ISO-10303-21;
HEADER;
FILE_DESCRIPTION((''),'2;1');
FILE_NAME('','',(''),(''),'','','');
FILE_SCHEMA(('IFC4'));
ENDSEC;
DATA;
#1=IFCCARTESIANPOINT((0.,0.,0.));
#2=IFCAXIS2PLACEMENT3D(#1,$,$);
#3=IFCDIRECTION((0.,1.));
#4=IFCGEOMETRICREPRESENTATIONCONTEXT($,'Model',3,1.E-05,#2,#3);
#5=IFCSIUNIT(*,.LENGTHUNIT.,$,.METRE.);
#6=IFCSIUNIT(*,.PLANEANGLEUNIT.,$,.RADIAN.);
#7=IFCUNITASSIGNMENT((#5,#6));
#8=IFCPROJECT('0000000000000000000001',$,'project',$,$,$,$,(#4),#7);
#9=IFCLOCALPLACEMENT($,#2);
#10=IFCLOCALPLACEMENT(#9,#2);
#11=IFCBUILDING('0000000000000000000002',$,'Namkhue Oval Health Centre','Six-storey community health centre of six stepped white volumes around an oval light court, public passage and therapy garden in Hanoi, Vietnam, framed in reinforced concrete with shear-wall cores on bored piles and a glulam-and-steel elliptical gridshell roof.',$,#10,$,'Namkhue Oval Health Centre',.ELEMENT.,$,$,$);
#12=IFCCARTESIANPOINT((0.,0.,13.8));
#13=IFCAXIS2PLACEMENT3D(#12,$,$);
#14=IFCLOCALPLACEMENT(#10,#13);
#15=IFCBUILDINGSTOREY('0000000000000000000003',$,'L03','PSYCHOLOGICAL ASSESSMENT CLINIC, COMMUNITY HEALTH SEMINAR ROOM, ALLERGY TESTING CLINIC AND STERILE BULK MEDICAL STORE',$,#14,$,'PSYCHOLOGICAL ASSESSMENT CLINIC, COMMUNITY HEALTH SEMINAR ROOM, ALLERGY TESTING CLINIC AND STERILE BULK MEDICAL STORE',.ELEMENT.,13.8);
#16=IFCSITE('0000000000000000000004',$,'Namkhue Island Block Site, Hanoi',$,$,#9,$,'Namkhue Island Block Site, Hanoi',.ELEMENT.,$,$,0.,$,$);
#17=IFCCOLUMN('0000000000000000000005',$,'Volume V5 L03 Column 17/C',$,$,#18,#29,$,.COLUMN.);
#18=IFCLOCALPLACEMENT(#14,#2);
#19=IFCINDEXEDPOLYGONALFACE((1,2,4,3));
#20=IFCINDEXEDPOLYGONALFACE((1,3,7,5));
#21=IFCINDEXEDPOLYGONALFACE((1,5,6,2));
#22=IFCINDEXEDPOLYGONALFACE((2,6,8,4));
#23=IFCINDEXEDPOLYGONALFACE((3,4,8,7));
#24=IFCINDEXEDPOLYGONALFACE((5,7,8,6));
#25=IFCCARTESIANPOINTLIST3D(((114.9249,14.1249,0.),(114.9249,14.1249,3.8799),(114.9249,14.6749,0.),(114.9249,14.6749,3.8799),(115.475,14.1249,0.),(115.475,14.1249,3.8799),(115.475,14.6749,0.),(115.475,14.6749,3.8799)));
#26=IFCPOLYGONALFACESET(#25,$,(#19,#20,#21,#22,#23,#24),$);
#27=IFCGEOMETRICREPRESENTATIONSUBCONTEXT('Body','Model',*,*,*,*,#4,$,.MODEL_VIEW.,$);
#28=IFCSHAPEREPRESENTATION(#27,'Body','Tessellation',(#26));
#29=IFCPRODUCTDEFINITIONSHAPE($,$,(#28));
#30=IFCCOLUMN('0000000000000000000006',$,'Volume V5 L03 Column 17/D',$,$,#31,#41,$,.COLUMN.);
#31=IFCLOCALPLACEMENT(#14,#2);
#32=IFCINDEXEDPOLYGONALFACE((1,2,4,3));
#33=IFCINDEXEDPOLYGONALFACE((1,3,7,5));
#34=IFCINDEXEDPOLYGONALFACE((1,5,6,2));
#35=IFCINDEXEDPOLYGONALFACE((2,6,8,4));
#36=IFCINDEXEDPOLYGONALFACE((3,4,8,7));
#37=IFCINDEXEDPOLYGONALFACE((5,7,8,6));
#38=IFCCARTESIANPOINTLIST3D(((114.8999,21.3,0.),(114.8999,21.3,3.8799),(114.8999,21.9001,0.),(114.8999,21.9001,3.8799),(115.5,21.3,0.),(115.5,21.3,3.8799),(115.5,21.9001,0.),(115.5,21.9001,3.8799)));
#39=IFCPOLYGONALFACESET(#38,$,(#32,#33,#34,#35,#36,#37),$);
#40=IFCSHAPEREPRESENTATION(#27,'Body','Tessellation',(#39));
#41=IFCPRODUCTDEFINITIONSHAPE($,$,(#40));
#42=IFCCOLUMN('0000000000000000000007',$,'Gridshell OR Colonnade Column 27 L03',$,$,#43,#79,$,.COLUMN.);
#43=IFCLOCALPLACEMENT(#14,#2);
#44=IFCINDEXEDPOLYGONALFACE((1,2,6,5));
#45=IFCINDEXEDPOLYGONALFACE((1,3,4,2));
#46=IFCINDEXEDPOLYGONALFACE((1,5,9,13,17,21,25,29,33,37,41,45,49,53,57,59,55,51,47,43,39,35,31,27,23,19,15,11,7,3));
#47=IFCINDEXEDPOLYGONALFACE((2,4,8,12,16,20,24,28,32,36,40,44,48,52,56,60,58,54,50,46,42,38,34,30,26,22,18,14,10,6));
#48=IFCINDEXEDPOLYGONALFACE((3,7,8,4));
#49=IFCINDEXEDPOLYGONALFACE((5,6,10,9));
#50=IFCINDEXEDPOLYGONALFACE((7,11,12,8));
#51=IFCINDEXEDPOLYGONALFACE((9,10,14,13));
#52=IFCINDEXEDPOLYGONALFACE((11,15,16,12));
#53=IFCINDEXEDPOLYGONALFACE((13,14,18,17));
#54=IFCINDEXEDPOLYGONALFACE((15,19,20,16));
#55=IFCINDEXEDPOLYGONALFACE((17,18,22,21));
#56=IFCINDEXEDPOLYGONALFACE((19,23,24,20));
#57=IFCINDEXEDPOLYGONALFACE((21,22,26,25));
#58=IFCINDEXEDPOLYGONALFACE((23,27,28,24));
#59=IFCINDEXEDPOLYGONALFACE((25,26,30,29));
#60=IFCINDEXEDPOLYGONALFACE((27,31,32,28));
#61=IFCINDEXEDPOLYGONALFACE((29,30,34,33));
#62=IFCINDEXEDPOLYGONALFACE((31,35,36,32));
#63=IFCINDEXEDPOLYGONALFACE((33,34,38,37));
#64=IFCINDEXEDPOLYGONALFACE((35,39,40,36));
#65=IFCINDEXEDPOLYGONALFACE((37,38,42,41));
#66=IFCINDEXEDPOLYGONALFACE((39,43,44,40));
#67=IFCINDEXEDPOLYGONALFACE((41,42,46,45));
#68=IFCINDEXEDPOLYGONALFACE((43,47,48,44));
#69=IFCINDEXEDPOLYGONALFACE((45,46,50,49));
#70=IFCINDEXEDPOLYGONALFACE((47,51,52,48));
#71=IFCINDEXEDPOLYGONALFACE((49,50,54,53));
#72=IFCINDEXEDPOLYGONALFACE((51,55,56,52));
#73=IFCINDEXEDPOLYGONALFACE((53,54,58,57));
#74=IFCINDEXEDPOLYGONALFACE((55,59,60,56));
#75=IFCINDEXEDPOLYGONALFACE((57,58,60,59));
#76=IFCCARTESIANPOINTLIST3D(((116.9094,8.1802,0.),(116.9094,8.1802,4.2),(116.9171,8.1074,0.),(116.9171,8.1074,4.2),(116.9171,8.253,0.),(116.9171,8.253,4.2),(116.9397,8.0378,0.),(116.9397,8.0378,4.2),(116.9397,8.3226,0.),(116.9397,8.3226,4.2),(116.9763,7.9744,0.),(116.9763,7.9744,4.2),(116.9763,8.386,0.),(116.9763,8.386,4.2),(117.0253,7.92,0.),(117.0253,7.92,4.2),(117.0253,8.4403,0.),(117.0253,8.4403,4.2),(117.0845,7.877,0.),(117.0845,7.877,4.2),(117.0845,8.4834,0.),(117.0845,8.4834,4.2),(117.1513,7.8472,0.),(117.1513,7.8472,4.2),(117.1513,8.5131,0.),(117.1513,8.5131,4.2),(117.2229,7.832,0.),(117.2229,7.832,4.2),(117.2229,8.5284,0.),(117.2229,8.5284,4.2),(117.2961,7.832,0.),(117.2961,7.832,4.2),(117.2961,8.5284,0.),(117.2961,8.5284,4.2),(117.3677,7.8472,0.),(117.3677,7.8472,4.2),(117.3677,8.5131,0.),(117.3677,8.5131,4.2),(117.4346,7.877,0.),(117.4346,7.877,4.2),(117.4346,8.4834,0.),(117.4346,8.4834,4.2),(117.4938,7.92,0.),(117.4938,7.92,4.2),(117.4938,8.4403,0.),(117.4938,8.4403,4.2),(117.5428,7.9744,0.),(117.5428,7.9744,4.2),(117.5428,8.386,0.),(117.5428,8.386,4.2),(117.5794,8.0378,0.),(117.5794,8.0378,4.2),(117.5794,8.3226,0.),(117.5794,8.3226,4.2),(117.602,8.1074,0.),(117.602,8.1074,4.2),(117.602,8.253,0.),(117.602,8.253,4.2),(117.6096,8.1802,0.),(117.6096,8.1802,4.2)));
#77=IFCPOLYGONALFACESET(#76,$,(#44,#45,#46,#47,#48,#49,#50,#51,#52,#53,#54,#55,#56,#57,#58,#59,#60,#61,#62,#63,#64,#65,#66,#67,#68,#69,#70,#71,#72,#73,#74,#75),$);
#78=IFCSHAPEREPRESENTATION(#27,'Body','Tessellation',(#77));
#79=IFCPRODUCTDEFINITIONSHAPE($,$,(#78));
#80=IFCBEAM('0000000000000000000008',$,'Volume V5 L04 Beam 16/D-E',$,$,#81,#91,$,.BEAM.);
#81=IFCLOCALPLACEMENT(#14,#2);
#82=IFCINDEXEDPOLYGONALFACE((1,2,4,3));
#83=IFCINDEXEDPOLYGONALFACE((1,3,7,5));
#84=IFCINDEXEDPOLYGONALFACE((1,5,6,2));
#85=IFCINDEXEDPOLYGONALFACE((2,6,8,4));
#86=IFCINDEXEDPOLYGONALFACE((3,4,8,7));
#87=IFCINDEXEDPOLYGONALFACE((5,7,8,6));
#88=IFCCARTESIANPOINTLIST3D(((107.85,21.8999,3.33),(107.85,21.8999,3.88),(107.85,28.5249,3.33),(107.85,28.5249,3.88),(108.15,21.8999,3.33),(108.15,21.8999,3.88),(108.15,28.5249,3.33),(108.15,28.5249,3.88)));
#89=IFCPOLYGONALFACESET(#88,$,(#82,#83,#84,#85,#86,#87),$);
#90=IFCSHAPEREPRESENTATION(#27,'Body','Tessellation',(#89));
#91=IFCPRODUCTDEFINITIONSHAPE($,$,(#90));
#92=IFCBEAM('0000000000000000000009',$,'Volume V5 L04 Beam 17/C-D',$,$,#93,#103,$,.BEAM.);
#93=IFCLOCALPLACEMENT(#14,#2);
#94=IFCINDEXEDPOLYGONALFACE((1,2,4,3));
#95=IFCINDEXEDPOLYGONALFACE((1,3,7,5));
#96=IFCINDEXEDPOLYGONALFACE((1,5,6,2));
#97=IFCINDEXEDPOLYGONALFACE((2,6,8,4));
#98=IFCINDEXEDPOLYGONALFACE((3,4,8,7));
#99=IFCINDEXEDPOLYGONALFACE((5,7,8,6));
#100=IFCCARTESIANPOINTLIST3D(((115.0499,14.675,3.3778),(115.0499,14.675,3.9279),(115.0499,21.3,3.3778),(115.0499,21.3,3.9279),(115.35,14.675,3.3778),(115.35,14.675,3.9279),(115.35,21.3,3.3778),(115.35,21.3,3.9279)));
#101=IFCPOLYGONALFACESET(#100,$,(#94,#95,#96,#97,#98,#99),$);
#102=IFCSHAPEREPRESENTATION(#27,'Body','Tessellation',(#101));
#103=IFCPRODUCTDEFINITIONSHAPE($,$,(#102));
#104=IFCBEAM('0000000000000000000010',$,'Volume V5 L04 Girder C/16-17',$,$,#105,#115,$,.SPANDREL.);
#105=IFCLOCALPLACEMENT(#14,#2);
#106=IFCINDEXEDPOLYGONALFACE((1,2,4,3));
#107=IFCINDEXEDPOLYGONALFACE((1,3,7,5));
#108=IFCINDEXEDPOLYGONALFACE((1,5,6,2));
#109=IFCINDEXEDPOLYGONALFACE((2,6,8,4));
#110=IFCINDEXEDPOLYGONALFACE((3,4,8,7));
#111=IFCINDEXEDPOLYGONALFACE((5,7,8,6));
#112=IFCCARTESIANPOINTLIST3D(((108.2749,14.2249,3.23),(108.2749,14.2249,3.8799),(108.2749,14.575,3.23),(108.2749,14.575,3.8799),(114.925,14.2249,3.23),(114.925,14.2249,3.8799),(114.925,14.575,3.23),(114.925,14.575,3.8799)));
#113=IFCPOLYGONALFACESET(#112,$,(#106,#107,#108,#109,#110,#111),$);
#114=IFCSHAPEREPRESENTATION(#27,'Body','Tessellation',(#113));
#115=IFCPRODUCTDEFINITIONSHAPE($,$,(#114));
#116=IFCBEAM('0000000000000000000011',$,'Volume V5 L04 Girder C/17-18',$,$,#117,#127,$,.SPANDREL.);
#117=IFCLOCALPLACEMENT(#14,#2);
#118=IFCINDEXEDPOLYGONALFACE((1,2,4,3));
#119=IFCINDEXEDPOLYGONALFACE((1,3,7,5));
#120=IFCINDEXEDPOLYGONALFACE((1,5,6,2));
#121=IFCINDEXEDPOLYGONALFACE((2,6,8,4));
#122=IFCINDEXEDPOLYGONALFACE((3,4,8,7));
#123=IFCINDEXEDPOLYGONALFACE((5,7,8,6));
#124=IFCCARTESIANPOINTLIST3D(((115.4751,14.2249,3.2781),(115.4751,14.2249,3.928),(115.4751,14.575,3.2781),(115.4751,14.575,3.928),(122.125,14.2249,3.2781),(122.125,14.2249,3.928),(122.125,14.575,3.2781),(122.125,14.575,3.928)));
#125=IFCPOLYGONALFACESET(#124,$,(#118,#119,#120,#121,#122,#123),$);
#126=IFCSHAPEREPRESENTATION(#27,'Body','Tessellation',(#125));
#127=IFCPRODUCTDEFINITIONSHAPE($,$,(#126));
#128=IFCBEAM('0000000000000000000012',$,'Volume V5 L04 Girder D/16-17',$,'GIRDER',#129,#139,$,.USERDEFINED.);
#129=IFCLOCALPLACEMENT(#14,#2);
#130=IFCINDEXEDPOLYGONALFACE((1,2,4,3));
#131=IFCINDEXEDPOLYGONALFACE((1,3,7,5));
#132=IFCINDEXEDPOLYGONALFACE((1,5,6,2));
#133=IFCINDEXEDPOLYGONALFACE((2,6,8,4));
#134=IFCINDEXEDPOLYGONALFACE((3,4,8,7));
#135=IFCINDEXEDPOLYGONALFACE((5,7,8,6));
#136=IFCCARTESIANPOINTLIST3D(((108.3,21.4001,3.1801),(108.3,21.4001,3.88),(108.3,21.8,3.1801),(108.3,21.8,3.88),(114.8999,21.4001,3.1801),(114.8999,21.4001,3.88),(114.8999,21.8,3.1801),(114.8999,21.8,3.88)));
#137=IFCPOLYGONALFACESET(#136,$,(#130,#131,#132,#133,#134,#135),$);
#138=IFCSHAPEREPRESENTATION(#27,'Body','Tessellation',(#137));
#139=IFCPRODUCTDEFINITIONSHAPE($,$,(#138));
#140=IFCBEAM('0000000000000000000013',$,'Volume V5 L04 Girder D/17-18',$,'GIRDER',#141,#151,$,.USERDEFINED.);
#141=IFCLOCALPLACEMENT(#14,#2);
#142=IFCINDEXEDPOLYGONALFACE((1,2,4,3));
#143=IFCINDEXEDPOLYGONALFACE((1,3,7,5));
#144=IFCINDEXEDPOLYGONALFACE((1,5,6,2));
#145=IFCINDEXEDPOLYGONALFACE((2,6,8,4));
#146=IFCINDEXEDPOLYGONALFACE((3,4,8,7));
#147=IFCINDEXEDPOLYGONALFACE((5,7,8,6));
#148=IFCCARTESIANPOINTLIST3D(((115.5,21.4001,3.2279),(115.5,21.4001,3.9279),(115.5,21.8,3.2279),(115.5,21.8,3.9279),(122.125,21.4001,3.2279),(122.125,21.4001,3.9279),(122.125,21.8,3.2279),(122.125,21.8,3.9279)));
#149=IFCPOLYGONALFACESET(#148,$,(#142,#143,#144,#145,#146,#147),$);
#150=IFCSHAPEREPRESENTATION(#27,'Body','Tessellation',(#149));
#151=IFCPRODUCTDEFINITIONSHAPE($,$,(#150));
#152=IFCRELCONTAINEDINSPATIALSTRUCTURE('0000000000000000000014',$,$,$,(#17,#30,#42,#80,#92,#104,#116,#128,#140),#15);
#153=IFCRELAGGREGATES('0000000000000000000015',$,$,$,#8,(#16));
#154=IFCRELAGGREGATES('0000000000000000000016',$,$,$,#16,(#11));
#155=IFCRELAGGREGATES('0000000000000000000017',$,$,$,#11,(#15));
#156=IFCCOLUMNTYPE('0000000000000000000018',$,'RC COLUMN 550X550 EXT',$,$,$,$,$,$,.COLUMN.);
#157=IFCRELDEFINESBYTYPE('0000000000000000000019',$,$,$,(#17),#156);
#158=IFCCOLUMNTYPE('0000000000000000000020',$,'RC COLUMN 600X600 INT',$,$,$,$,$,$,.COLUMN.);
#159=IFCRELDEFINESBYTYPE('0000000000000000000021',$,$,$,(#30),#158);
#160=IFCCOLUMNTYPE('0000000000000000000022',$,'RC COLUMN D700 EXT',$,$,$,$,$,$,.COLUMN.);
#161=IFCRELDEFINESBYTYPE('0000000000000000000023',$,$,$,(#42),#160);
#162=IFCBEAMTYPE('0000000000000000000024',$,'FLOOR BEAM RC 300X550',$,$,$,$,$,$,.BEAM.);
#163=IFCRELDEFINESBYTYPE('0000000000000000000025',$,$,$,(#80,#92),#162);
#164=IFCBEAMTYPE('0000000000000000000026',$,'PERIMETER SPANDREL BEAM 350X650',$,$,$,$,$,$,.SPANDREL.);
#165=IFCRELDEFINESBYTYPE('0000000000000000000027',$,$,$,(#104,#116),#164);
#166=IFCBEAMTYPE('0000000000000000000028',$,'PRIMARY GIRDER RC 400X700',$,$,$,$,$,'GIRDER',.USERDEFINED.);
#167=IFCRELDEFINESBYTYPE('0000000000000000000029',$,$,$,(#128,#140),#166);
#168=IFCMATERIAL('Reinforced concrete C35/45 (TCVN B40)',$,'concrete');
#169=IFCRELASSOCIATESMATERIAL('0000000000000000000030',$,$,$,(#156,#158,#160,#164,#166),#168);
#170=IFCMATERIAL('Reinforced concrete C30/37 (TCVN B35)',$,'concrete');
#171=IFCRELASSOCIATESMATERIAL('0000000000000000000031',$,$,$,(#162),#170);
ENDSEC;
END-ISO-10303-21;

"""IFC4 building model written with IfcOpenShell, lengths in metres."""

from ifc_helpers import new_model, si_unit, direction, frame, origin, origin_2d, place, context, subcontext, project, spatial, rectangle, circle, extrude, material, material_profile, profile_set, type_object, element, save


model = new_model("IFC4")

# Units and contexts
model_context = context("Model", 3, precision=1e-05, world=origin(), true_north=direction((0.0, 1.0)))
body_context = subcontext(model_context, "Body", "Model", "MODEL_VIEW")
ifc_project = project(units=[si_unit("LENGTHUNIT", "METRE"), si_unit("PLANEANGLEUNIT", "RADIAN")], contexts=[model_context])

# Site, building, storey
site_placement = place(None, origin())
site = spatial("IfcSite", under=ifc_project, at=site_placement, Name="Namkhue Island Block Site, Hanoi", LongName="Namkhue Island Block Site, Hanoi", CompositionType="ELEMENT", RefElevation=0.0)
building_placement = place(site_placement, origin())
building = spatial("IfcBuilding", under=site, at=building_placement, Name="Namkhue Oval Health Centre", Description="Six-storey community health centre of six stepped white volumes around an oval light court, public passage and therapy garden in Hanoi, Vietnam, framed in reinforced concrete with shear-wall cores on bored piles and a glulam-and-steel elliptical gridshell roof.", LongName="Namkhue Oval Health Centre", CompositionType="ELEMENT")
storey_placement = place(building_placement, frame((0.0, 0.0, 13.8)))
storey = spatial("IfcBuildingStorey", under=building, at=storey_placement, Name="L03", Description="PSYCHOLOGICAL ASSESSMENT CLINIC, COMMUNITY HEALTH SEMINAR ROOM, ALLERGY TESTING CLINIC AND STERILE BULK MEDICAL STORE", LongName="PSYCHOLOGICAL ASSESSMENT CLINIC, COMMUNITY HEALTH SEMINAR ROOM, ALLERGY TESTING CLINIC AND STERILE BULK MEDICAL STORE", CompositionType="ELEMENT", Elevation=13.8)

# Columns
ifc_material_1 = material(Name="Reinforced concrete C35/45 (TCVN B40)", Category="concrete")
ifc_material_profile_1 = material_profile(ifc_material_1, rectangle(XDim=0.55, YDim=0.55, at=origin_2d()), Name="RC 550x550")
ifc_profile_set_1 = profile_set([ifc_material_profile_1], Name="Reinforced concrete C35/45 (TCVN B40)")
column_type_1 = type_object("IfcColumnType", Name="RC COLUMN 550X550 EXT", PredefinedType="COLUMN", material=ifc_profile_set_1)
column_1_placement = place(storey_placement, frame((115.2, 14.3999, 0.0), z_axis=(0.0, 0.0, 1.0), x_axis=(1.0, 0.0, 0.0)))
element("IfcColumn", 1, at=column_1_placement, inside=storey, type_object=column_type_1, Name="Volume V5 L03 Column 17/C", PredefinedType="COLUMN", context=body_context, shape_type="SweptSolid", body=[
    extrude(rectangle(XDim=0.55, YDim=0.55, at=origin_2d()), origin(), (0.0, 0.0, 1.0), 3.8799),
])
ifc_material_profile_2 = material_profile(ifc_material_1, rectangle(XDim=0.6001, YDim=0.6001, at=origin_2d()), Name="RC 600x600")
ifc_profile_set_2 = profile_set([ifc_material_profile_2], Name="Reinforced concrete C35/45 (TCVN B40)")
column_type_2 = type_object("IfcColumnType", Name="RC COLUMN 600X600 INT", PredefinedType="COLUMN", material=ifc_profile_set_2)
column_2_placement = place(storey_placement, frame((115.2, 21.6001, 0.0), z_axis=(0.0, 0.0, 1.0), x_axis=(1.0, 0.0, 0.0)))
element("IfcColumn", 2, at=column_2_placement, inside=storey, type_object=column_type_2, Name="Volume V5 L03 Column 17/D", PredefinedType="COLUMN", context=body_context, shape_type="SweptSolid", body=[
    extrude(rectangle(XDim=0.6001, YDim=0.6001, at=origin_2d()), origin(), (0.0, 0.0, 1.0), 3.8799),
])
ifc_material_profile_3 = material_profile(ifc_material_1, circle(Radius=0.3501, at=origin_2d()), Name="RC D700")
ifc_profile_set_3 = profile_set([ifc_material_profile_3], Name="Reinforced concrete C35/45 (TCVN B40)")
column_type_3 = type_object("IfcColumnType", Name="RC COLUMN D700 EXT", PredefinedType="COLUMN", material=ifc_profile_set_3)
column_3_placement = place(storey_placement, frame((117.2595, 8.1802, 0.0), z_axis=(0.0, 0.0, 1.0), x_axis=(1.0, 0.0, 0.0)))
element("IfcColumn", 3, at=column_3_placement, inside=storey, type_object=column_type_3, Name="Gridshell OR Colonnade Column 27 L03", PredefinedType="COLUMN", context=body_context, shape_type="SweptSolid", body=[
    extrude(circle(Radius=0.3501, at=origin_2d()), origin(), (0.0, 0.0, 1.0), 4.2),
])

# Beams
ifc_material_2 = material(Name="Reinforced concrete C30/37 (TCVN B35)", Category="concrete")
ifc_material_profile_4 = material_profile(ifc_material_2, rectangle(XDim=0.3, YDim=0.55, at=origin_2d()), Name="RC 300x550")
ifc_profile_set_4 = profile_set([ifc_material_profile_4], Name="Reinforced concrete C30/37 (TCVN B35)")
beam_type_1 = type_object("IfcBeamType", Name="FLOOR BEAM RC 300X550", PredefinedType="BEAM", material=ifc_profile_set_4)
for number, where, z_axis, x_axis, name in (
    (4, (108.0, 21.8999, 3.605), (0.0, 1.0, 0.0), (-1.0, 0.0, 0.0), "Volume V5 L04 Beam 16/D-E"),
    (5, (115.2, 14.675, 3.6528), (0.0, 1.0, 0.0), (-1.0, 0.0, 0.0), "Volume V5 L04 Beam 17/C-D"),
):
    element("IfcBeam", number, at=place(storey_placement, frame(where, z_axis=z_axis, x_axis=x_axis)), inside=storey, type_object=beam_type_1, Name=name, PredefinedType="BEAM", context=body_context, shape_type="SweptSolid", body=[
        extrude(rectangle(XDim=0.3, YDim=0.55, at=origin_2d()), origin(), (0.0, 0.0, 1.0), 6.625),
    ])
ifc_material_profile_5 = material_profile(ifc_material_1, rectangle(XDim=0.3501, YDim=0.6499, at=origin_2d()), Name="RC 350x650")
ifc_profile_set_5 = profile_set([ifc_material_profile_5], Name="Reinforced concrete C35/45 (TCVN B40)")
beam_type_2 = type_object("IfcBeamType", Name="PERIMETER SPANDREL BEAM 350X650", PredefinedType="SPANDREL", material=ifc_profile_set_5)
beam_1_placement = place(storey_placement, frame((108.2749, 14.3999, 3.5549), z_axis=(1.0, 0.0, 0.0), x_axis=(0.0, 1.0, 0.0)))
element("IfcBeam", 6, at=beam_1_placement, inside=storey, type_object=beam_type_2, Name="Volume V5 L04 Girder C/16-17", PredefinedType="SPANDREL", context=body_context, shape_type="SweptSolid", body=[
    extrude(rectangle(XDim=0.3501, YDim=0.6499, at=origin_2d()), origin(), (0.0, 0.0, 1.0), 6.6501),
])
beam_2_placement = place(storey_placement, frame((115.4751, 14.3999, 3.603), z_axis=(1.0, 0.0, 0.0), x_axis=(0.0, 1.0, 0.0)))
element("IfcBeam", 7, at=beam_2_placement, inside=storey, type_object=beam_type_2, Name="Volume V5 L04 Girder C/17-18", PredefinedType="SPANDREL", context=body_context, shape_type="SweptSolid", body=[
    extrude(rectangle(XDim=0.3501, YDim=0.6499, at=origin_2d()), origin(), (0.0, 0.0, 1.0), 6.6499),
])
ifc_material_profile_6 = material_profile(ifc_material_1, rectangle(XDim=0.3999, YDim=0.7, at=origin_2d()), Name="RC 400x700")
ifc_profile_set_6 = profile_set([ifc_material_profile_6], Name="Reinforced concrete C35/45 (TCVN B40)")
beam_type_3 = type_object("IfcBeamType", Name="PRIMARY GIRDER RC 400X700", ElementType="GIRDER", PredefinedType="USERDEFINED", material=ifc_profile_set_6)
beam_3_placement = place(storey_placement, frame((108.3, 21.6001, 3.53), z_axis=(1.0, 0.0, 0.0), x_axis=(0.0, 1.0, 0.0)))
element("IfcBeam", 8, at=beam_3_placement, inside=storey, type_object=beam_type_3, Name="Volume V5 L04 Girder D/16-17", ObjectType="GIRDER", PredefinedType="USERDEFINED", context=body_context, shape_type="SweptSolid", body=[
    extrude(rectangle(XDim=0.3999, YDim=0.7, at=origin_2d()), origin(), (0.0, 0.0, 1.0), 6.5999),
])
beam_4_placement = place(storey_placement, frame((115.5, 21.6001, 3.5779), z_axis=(1.0, 0.0, 0.0), x_axis=(0.0, 1.0, 0.0)))
element("IfcBeam", 9, at=beam_4_placement, inside=storey, type_object=beam_type_3, Name="Volume V5 L04 Girder D/17-18", ObjectType="GIRDER", PredefinedType="USERDEFINED", context=body_context, shape_type="SweptSolid", body=[
    extrude(rectangle(XDim=0.3999, YDim=0.7, at=origin_2d()), origin(), (0.0, 0.0, 1.0), 6.625),
])

save(model, "model.ifc")
